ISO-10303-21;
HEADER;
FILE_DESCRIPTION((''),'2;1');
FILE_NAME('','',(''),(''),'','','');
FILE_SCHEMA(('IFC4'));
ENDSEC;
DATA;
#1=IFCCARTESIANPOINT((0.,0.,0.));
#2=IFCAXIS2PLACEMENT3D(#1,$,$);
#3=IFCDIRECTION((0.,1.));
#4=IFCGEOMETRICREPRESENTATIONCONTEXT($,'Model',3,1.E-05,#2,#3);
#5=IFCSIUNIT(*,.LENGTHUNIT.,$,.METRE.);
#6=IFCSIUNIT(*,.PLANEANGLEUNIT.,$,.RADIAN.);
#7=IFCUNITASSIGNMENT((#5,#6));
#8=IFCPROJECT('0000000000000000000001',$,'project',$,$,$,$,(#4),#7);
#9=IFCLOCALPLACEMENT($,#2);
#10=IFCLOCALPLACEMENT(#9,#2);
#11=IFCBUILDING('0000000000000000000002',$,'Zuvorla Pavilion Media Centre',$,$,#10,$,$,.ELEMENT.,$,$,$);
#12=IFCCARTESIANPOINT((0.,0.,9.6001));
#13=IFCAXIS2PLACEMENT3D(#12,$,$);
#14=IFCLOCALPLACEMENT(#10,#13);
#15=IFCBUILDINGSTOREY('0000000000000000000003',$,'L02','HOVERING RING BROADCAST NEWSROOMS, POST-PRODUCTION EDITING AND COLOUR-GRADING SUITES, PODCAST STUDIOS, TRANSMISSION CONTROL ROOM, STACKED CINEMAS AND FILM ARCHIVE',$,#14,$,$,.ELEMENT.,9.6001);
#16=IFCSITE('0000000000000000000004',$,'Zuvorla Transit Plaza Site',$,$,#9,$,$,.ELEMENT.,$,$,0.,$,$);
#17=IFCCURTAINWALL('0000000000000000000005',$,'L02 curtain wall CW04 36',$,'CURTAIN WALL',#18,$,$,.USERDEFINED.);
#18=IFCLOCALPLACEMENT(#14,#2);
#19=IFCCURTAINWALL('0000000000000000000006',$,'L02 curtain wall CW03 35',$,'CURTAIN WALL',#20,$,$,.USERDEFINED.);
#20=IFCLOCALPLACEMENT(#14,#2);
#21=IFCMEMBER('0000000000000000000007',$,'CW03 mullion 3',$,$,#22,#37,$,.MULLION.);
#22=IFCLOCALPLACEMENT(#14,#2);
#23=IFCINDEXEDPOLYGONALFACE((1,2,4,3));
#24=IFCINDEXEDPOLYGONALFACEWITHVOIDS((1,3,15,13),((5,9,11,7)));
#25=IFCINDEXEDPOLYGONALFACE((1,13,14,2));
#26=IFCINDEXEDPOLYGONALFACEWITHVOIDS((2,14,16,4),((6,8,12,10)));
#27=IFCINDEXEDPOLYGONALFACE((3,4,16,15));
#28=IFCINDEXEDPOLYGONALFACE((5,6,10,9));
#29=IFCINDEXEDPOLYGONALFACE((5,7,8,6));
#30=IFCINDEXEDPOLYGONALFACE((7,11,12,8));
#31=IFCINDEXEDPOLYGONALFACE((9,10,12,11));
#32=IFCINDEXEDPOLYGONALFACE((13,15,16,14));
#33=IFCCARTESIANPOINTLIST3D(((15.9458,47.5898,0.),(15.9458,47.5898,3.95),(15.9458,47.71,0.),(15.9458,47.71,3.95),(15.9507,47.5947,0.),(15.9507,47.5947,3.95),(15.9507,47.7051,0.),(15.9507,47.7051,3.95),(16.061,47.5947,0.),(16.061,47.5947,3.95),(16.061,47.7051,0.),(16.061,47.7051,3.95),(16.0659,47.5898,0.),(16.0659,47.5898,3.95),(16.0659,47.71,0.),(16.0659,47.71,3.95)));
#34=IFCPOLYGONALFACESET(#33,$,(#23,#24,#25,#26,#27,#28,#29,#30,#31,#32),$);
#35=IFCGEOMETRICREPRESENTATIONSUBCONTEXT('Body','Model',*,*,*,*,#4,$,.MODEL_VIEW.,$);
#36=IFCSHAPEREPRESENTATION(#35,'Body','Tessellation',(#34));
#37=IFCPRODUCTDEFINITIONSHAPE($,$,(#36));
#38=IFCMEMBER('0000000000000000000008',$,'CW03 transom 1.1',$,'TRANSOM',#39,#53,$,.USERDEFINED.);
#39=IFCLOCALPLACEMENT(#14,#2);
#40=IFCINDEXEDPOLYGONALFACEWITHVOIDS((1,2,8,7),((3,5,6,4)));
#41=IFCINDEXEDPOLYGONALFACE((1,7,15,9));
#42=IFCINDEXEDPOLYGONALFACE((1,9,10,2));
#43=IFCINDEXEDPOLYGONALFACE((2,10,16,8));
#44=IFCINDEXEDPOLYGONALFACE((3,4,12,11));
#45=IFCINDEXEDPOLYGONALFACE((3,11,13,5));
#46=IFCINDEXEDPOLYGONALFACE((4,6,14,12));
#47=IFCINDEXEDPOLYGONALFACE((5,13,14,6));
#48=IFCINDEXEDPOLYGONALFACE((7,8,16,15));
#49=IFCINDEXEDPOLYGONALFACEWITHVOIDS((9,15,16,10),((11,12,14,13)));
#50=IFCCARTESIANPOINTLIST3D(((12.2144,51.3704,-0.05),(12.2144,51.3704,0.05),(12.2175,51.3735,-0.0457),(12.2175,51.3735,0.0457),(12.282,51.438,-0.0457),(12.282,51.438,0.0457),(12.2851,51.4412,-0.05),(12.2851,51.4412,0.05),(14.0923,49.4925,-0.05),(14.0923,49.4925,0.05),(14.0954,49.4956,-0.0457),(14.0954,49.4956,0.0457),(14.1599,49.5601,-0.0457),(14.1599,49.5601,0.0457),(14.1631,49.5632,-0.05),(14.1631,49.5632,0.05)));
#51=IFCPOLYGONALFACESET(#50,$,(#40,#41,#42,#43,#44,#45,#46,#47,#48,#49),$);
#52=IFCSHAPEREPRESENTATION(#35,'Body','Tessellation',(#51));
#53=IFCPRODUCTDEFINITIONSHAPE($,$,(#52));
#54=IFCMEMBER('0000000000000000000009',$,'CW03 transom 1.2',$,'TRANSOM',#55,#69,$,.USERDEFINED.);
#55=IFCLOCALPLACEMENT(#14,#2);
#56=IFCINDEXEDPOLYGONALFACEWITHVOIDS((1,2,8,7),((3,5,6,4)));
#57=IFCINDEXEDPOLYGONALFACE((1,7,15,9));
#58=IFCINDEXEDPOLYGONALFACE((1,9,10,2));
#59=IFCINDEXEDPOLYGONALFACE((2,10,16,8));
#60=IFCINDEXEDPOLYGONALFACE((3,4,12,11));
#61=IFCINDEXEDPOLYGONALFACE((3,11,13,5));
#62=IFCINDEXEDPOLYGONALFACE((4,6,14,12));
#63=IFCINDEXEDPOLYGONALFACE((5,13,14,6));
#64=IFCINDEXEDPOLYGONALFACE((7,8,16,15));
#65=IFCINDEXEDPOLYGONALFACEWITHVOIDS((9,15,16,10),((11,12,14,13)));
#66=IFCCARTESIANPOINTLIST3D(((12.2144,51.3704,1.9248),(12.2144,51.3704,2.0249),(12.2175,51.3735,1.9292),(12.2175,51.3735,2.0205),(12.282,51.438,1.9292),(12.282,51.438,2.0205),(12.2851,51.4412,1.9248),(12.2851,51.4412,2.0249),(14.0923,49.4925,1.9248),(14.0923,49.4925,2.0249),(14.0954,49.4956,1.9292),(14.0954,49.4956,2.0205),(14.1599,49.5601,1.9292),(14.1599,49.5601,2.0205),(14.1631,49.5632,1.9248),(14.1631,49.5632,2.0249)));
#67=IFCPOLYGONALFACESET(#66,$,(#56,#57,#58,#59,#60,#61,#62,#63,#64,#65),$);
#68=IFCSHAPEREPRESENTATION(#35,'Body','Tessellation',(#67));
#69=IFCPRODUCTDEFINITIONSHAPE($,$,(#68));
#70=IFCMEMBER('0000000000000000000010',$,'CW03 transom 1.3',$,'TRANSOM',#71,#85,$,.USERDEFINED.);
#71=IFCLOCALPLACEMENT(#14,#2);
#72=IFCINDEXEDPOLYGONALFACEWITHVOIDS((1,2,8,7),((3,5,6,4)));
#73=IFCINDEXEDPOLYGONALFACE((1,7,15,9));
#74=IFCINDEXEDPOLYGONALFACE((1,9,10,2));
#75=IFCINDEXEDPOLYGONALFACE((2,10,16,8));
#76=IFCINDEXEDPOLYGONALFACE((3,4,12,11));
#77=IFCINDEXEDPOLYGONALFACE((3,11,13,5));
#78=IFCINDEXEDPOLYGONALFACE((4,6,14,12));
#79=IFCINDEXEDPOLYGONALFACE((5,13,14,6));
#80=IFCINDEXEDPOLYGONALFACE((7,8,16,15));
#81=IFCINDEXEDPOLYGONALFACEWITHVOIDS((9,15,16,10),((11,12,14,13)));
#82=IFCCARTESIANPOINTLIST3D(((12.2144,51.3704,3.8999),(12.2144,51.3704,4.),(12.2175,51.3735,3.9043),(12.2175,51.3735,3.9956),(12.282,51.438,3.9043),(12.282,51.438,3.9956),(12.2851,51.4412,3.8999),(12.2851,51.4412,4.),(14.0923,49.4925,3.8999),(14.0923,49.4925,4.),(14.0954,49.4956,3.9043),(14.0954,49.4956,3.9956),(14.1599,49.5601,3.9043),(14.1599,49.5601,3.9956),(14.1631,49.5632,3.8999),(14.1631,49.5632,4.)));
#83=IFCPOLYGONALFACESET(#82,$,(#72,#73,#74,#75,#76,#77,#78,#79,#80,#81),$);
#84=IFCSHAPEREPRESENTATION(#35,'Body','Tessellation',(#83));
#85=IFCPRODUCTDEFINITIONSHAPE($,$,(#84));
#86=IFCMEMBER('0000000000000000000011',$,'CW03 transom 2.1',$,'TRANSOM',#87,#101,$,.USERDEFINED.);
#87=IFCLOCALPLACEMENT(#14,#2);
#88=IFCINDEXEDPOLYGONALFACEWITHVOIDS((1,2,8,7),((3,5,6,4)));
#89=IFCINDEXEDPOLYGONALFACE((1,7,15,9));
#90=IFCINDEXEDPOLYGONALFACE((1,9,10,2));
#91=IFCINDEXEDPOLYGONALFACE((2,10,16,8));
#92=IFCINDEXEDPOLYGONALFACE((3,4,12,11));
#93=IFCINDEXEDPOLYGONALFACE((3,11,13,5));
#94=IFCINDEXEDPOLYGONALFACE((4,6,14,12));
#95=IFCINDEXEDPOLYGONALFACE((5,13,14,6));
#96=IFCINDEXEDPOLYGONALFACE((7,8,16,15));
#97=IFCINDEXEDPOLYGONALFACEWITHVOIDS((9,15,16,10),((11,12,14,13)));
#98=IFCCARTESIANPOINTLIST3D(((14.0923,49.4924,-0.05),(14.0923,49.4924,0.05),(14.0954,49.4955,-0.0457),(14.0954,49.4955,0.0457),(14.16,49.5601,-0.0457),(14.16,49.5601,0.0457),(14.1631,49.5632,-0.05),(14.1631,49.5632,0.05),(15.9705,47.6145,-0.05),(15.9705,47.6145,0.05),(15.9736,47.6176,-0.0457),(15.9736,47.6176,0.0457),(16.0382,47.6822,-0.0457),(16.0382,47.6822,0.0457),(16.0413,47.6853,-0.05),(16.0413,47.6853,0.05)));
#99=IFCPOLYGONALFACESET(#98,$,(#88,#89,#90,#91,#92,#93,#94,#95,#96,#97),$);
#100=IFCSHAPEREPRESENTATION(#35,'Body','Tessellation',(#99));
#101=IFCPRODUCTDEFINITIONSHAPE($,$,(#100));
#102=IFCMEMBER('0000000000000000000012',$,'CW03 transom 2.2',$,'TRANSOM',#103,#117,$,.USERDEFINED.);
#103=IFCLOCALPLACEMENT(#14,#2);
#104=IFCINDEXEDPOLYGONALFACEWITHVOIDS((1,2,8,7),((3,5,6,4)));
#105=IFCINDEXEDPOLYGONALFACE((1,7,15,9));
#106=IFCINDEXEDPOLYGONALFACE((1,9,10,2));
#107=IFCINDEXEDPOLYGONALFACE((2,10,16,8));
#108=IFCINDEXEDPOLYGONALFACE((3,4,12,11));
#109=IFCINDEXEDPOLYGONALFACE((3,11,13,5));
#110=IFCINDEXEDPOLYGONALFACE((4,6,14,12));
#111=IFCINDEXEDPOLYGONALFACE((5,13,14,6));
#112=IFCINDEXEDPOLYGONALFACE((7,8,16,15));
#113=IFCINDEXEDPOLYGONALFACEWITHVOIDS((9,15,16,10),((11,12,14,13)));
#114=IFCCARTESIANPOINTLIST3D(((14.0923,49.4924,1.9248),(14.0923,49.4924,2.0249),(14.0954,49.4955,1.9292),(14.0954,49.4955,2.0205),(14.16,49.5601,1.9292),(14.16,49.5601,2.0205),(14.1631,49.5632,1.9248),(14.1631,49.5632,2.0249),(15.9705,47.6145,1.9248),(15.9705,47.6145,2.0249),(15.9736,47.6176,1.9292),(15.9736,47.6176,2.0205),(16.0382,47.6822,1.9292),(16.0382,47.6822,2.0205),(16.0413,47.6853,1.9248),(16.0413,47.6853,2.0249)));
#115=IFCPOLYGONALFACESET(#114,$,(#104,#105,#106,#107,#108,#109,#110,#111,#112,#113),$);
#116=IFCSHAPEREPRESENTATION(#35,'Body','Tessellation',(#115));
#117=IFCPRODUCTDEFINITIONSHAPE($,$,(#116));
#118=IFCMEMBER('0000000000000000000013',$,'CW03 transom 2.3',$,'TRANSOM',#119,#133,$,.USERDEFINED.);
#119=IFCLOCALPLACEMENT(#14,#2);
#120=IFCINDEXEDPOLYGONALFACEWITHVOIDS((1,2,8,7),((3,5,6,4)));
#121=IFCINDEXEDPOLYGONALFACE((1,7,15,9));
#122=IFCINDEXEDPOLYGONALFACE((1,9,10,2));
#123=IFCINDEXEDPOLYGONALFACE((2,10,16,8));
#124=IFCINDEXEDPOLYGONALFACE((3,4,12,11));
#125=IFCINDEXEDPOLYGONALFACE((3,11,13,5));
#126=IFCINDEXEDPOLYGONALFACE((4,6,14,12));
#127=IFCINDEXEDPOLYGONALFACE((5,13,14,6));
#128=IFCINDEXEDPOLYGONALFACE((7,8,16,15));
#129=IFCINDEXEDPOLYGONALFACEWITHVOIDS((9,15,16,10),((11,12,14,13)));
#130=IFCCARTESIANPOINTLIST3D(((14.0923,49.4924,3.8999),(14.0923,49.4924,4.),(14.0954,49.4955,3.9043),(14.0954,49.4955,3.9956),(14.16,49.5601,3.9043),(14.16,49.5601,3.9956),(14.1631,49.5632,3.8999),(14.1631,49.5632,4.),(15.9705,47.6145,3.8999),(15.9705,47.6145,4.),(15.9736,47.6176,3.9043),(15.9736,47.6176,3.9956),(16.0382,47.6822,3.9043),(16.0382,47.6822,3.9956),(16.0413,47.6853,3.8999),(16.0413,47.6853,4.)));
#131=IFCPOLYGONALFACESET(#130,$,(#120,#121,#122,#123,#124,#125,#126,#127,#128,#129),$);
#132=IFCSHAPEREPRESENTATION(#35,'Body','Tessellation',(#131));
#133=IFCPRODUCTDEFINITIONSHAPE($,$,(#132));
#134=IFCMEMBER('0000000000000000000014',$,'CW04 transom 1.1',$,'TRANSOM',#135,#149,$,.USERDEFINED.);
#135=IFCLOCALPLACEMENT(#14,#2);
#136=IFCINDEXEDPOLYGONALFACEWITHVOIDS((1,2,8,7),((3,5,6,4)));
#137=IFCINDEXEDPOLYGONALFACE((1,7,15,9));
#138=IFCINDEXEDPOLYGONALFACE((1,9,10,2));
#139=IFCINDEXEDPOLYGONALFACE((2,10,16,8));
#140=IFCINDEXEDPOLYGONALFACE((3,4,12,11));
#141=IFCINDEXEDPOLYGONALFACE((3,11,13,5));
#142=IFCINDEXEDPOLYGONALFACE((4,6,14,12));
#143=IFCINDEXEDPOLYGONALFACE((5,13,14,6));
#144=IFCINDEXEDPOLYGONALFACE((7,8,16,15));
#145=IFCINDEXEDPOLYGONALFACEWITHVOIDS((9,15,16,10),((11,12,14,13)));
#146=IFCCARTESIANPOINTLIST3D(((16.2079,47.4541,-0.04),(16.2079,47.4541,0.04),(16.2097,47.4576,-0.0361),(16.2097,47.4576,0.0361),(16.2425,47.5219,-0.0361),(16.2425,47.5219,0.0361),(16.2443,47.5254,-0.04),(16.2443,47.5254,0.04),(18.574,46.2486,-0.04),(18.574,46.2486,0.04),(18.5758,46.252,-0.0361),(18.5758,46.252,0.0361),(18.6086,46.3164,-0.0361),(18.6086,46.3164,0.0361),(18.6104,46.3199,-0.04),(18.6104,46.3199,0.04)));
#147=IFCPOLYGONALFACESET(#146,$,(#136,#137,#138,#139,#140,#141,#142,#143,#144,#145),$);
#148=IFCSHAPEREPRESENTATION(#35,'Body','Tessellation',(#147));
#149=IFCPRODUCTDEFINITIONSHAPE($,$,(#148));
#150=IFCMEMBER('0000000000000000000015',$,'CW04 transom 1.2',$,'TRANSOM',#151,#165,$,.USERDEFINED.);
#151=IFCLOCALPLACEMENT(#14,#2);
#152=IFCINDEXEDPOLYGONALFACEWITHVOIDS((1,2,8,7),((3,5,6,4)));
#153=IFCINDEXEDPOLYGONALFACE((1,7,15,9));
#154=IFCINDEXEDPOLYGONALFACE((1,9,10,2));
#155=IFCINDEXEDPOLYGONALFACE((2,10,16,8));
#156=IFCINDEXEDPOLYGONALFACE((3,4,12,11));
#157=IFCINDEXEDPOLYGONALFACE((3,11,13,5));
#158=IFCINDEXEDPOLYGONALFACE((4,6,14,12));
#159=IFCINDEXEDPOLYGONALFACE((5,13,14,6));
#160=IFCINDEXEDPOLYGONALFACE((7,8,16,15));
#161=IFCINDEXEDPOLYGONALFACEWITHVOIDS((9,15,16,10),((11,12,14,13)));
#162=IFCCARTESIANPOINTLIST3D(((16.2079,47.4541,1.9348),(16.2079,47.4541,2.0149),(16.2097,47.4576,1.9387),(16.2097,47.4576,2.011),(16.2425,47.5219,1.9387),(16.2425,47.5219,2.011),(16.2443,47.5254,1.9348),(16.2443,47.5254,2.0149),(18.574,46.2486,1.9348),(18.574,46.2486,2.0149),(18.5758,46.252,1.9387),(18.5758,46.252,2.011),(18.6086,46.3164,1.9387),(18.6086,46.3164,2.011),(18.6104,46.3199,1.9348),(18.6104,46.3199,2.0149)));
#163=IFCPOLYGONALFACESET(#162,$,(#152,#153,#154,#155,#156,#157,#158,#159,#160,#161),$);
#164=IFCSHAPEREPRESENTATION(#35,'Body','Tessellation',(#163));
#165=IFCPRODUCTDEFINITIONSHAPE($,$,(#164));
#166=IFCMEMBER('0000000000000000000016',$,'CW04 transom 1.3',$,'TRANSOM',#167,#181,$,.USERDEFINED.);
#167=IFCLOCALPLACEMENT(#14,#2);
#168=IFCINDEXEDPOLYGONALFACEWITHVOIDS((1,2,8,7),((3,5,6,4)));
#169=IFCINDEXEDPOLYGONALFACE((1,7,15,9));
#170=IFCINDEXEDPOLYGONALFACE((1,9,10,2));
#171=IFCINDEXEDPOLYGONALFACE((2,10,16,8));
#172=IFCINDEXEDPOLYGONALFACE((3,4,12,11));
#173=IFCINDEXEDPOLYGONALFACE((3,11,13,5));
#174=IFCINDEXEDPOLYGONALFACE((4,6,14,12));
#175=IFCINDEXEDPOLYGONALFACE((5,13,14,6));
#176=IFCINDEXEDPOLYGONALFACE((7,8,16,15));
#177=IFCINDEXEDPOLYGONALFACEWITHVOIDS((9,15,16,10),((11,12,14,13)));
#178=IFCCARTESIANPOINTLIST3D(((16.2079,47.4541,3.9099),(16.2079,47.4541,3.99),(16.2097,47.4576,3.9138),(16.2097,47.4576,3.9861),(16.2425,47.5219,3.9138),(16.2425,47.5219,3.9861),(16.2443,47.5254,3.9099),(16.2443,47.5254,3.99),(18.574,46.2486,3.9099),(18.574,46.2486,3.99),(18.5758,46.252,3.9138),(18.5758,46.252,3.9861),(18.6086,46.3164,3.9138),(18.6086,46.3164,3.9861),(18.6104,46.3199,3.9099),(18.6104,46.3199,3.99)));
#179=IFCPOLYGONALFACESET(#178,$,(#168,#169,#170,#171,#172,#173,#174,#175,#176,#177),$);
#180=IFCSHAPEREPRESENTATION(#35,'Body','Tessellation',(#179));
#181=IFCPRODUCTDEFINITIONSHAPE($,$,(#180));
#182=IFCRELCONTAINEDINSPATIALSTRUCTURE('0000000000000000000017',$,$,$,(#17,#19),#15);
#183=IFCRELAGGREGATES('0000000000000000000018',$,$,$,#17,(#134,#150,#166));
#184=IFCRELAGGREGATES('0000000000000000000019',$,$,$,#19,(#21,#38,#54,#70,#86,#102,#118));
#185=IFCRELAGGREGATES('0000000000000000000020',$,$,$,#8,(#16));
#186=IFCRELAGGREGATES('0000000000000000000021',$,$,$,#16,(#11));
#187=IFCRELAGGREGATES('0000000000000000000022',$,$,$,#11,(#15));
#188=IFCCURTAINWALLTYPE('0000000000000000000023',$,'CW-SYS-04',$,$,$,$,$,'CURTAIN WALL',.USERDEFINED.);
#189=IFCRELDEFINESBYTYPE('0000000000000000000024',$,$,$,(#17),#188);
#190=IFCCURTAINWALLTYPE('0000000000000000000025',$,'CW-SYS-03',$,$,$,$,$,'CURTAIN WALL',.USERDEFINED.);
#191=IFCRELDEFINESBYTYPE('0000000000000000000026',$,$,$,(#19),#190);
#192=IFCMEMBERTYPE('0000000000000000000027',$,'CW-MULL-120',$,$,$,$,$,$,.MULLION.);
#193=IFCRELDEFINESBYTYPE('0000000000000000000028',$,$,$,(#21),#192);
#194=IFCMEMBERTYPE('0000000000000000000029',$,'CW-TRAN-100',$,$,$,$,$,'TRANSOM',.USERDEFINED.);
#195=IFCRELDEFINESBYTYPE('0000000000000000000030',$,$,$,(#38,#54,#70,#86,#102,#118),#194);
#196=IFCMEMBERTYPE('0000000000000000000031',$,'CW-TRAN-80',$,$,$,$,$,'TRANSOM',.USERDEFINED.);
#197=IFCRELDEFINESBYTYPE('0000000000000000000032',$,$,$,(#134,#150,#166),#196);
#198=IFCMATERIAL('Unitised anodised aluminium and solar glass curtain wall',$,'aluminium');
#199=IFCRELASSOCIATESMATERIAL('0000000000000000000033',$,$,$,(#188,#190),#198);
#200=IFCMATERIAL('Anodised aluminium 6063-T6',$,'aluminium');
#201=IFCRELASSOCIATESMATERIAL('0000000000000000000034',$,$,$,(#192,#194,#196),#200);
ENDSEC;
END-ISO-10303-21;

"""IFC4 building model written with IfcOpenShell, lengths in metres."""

from ifc_helpers import new_model, si_unit, direction, frame, origin, origin_2d, place, context, subcontext, project, spatial, hollow_rectangle, extrude, material, material_profile, profile_set, type_object, element, aggregate, save


model = new_model("IFC4")

# Units and contexts
model_context = context("Model", 3, precision=1e-05, world=origin(), true_north=direction((0.0, 1.0)))
body_context = subcontext(model_context, "Body", "Model", "MODEL_VIEW")
ifc_project = project(units=[si_unit("LENGTHUNIT", "METRE"), si_unit("PLANEANGLEUNIT", "RADIAN")], contexts=[model_context])

# Site, building, storey
site_placement = place(None, origin())
site = spatial("IfcSite", under=ifc_project, at=site_placement, Name="Zuvorla Transit Plaza Site", CompositionType="ELEMENT", RefElevation=0.0)
building_placement = place(site_placement, origin())
building = spatial("IfcBuilding", under=site, at=building_placement, Name="Zuvorla Pavilion Media Centre", CompositionType="ELEMENT")
storey_placement = place(building_placement, frame((0.0, 0.0, 9.6001)))
storey = spatial("IfcBuildingStorey", under=building, at=storey_placement, Name="L02", Description="HOVERING RING BROADCAST NEWSROOMS, POST-PRODUCTION EDITING AND COLOUR-GRADING SUITES, PODCAST STUDIOS, TRANSMISSION CONTROL ROOM, STACKED CINEMAS AND FILM ARCHIVE", CompositionType="ELEMENT", Elevation=9.6001)

# Shared definitions
ifc_material_1 = material(Name="Unitised anodised aluminium and solar glass curtain wall", Category="aluminium")
ifc_material_2 = material(Name="Anodised aluminium 6063-T6", Category="aluminium")

# Curtain walls, members
curtain_wall_type_1 = type_object("IfcCurtainWallType", Name="CW-SYS-04", ElementType="CURTAIN WALL", PredefinedType="USERDEFINED", material=ifc_material_1)
curtain_wall_1_placement = place(storey_placement, origin())
curtain_wall_1 = element("IfcCurtainWall", 1, at=curtain_wall_1_placement, inside=storey, type_object=curtain_wall_type_1, Name="L02 curtain wall CW04 36", ObjectType="CURTAIN WALL", PredefinedType="USERDEFINED")
curtain_wall_type_2 = type_object("IfcCurtainWallType", Name="CW-SYS-03", ElementType="CURTAIN WALL", PredefinedType="USERDEFINED", material=ifc_material_1)
curtain_wall_2_placement = place(storey_placement, origin())
curtain_wall_2 = element("IfcCurtainWall", 2, at=curtain_wall_2_placement, inside=storey, type_object=curtain_wall_type_2, Name="L02 curtain wall CW03 35", ObjectType="CURTAIN WALL", PredefinedType="USERDEFINED")
ifc_material_profile_1 = material_profile(ifc_material_2, hollow_rectangle(XDim=0.1201, YDim=0.1201, WallThickness=0.0049, at=origin_2d()), Name="ALU MULL 120x120")
ifc_profile_set_1 = profile_set([ifc_material_profile_1], Name="Anodised aluminium 6063-T6")
member_type_1 = type_object("IfcMemberType", Name="CW-MULL-120", PredefinedType="MULLION", material=ifc_profile_set_1)
member_1_placement = place(storey_placement, frame((16.0059, 47.6499, 0.0), z_axis=(0.0, 0.0, 1.0), x_axis=(1.0, 0.0, 0.0)))
member_1 = element("IfcMember", 3, at=member_1_placement, type_object=member_type_1, Name="CW03 mullion 3", PredefinedType="MULLION", context=body_context, shape_type="SweptSolid", body=[
    extrude(hollow_rectangle(XDim=0.1201, YDim=0.1201, WallThickness=0.0049, at=origin_2d()), origin(), (0.0, 0.0, 1.0), 3.95),
])
ifc_material_profile_2 = material_profile(ifc_material_2, hollow_rectangle(XDim=0.1001, YDim=0.1001, WallThickness=0.0044, at=origin_2d()), Name="ALU TRAN 100x100")
ifc_profile_set_2 = profile_set([ifc_material_profile_2], Name="Anodised aluminium 6063-T6")
member_type_2 = type_object("IfcMemberType", Name="CW-TRAN-100", ElementType="TRANSOM", PredefinedType="USERDEFINED", material=ifc_profile_set_2)
member_2_placement = place(storey_placement, frame((12.2498, 51.4058, 0.0), z_axis=(0.707107, -0.707107, 0.0), x_axis=(0.707107, 0.707107, 0.0)))
member_2 = element("IfcMember", 4, at=member_2_placement, type_object=member_type_2, Name="CW03 transom 1.1", ObjectType="TRANSOM", PredefinedType="USERDEFINED", context=body_context, shape_type="SweptSolid", body=[
    extrude(hollow_rectangle(XDim=0.1001, YDim=0.1001, WallThickness=0.0044, at=origin_2d()), origin(), (0.0, 0.0, 1.0), 2.6558),
])
member_3_placement = place(storey_placement, frame((12.2498, 51.4058, 1.9749), z_axis=(0.707107, -0.707107, 0.0), x_axis=(0.707107, 0.707107, 0.0)))
member_3 = element("IfcMember", 5, at=member_3_placement, type_object=member_type_2, Name="CW03 transom 1.2", ObjectType="TRANSOM", PredefinedType="USERDEFINED", context=body_context, shape_type="SweptSolid", body=[
    extrude(hollow_rectangle(XDim=0.1001, YDim=0.1001, WallThickness=0.0044, at=origin_2d()), origin(), (0.0, 0.0, 1.0), 2.6558),
])
member_4_placement = place(storey_placement, frame((12.2498, 51.4058, 3.95), z_axis=(0.707107, -0.707107, 0.0), x_axis=(0.707107, 0.707107, 0.0)))
member_4 = element("IfcMember", 6, at=member_4_placement, type_object=member_type_2, Name="CW03 transom 1.3", ObjectType="TRANSOM", PredefinedType="USERDEFINED", context=body_context, shape_type="SweptSolid", body=[
    extrude(hollow_rectangle(XDim=0.1001, YDim=0.1001, WallThickness=0.0044, at=origin_2d()), origin(), (0.0, 0.0, 1.0), 2.6558),
])
member_5_placement = place(storey_placement, frame((14.1277, 49.5278, 0.0), z_axis=(0.707153, -0.707061, 0.0), x_axis=(0.707061, 0.707153, 0.0)))
member_5 = element("IfcMember", 7, at=member_5_placement, type_object=member_type_2, Name="CW03 transom 2.1", ObjectType="TRANSOM", PredefinedType="USERDEFINED", context=body_context, shape_type="SweptSolid", body=[
    extrude(hollow_rectangle(XDim=0.1001, YDim=0.1001, WallThickness=0.0044, at=origin_2d()), origin(), (0.0, 0.0, 1.0), 2.656),
])
member_6_placement = place(storey_placement, frame((14.1277, 49.5278, 1.9749), z_axis=(0.707153, -0.707061, 0.0), x_axis=(0.707061, 0.707153, 0.0)))
member_6 = element("IfcMember", 8, at=member_6_placement, type_object=member_type_2, Name="CW03 transom 2.2", ObjectType="TRANSOM", PredefinedType="USERDEFINED", context=body_context, shape_type="SweptSolid", body=[
    extrude(hollow_rectangle(XDim=0.1001, YDim=0.1001, WallThickness=0.0044, at=origin_2d()), origin(), (0.0, 0.0, 1.0), 2.656),
])
member_7_placement = place(storey_placement, frame((14.1277, 49.5278, 3.95), z_axis=(0.707153, -0.707061, 0.0), x_axis=(0.707061, 0.707153, 0.0)))
member_7 = element("IfcMember", 9, at=member_7_placement, type_object=member_type_2, Name="CW03 transom 2.3", ObjectType="TRANSOM", PredefinedType="USERDEFINED", context=body_context, shape_type="SweptSolid", body=[
    extrude(hollow_rectangle(XDim=0.1001, YDim=0.1001, WallThickness=0.0044, at=origin_2d()), origin(), (0.0, 0.0, 1.0), 2.656),
])

# Members
ifc_material_profile_3 = material_profile(ifc_material_2, hollow_rectangle(XDim=0.0801, YDim=0.0801, WallThickness=0.0039, at=origin_2d()), Name="ALU TRAN 80x80")
ifc_profile_set_3 = profile_set([ifc_material_profile_3], Name="Anodised aluminium 6063-T6")
member_type_3 = type_object("IfcMemberType", Name="CW-TRAN-80", ElementType="TRANSOM", PredefinedType="USERDEFINED", material=ifc_profile_set_3)
member_8_placement = place(storey_placement, frame((16.2261, 47.4897, 0.0), z_axis=(0.891018, -0.453967, 0.0), x_axis=(0.453967, 0.891018, 0.0)))
member_8 = element("IfcMember", 10, at=member_8_placement, type_object=member_type_3, Name="CW04 transom 1.1", ObjectType="TRANSOM", PredefinedType="USERDEFINED", context=body_context, shape_type="SweptSolid", body=[
    extrude(hollow_rectangle(XDim=0.0801, YDim=0.0801, WallThickness=0.0039, at=origin_2d()), origin(), (0.0, 0.0, 1.0), 2.6555),
])
member_9_placement = place(storey_placement, frame((16.2261, 47.4897, 1.9749), z_axis=(0.891018, -0.453967, 0.0), x_axis=(0.453967, 0.891018, 0.0)))
member_9 = element("IfcMember", 11, at=member_9_placement, type_object=member_type_3, Name="CW04 transom 1.2", ObjectType="TRANSOM", PredefinedType="USERDEFINED", context=body_context, shape_type="SweptSolid", body=[
    extrude(hollow_rectangle(XDim=0.0801, YDim=0.0801, WallThickness=0.0039, at=origin_2d()), origin(), (0.0, 0.0, 1.0), 2.6555),
])
member_10_placement = place(storey_placement, frame((16.2261, 47.4897, 3.95), z_axis=(0.891018, -0.453967, 0.0), x_axis=(0.453967, 0.891018, 0.0)))
member_10 = element("IfcMember", 12, at=member_10_placement, type_object=member_type_3, Name="CW04 transom 1.3", ObjectType="TRANSOM", PredefinedType="USERDEFINED", context=body_context, shape_type="SweptSolid", body=[
    extrude(hollow_rectangle(XDim=0.0801, YDim=0.0801, WallThickness=0.0039, at=origin_2d()), origin(), (0.0, 0.0, 1.0), 2.6555),
])

aggregate(curtain_wall_1, [member_8, member_9, member_10])
aggregate(curtain_wall_2, [member_1, member_2, member_3, member_4, member_5, member_6, member_7])

save(model, "model.ifc")
